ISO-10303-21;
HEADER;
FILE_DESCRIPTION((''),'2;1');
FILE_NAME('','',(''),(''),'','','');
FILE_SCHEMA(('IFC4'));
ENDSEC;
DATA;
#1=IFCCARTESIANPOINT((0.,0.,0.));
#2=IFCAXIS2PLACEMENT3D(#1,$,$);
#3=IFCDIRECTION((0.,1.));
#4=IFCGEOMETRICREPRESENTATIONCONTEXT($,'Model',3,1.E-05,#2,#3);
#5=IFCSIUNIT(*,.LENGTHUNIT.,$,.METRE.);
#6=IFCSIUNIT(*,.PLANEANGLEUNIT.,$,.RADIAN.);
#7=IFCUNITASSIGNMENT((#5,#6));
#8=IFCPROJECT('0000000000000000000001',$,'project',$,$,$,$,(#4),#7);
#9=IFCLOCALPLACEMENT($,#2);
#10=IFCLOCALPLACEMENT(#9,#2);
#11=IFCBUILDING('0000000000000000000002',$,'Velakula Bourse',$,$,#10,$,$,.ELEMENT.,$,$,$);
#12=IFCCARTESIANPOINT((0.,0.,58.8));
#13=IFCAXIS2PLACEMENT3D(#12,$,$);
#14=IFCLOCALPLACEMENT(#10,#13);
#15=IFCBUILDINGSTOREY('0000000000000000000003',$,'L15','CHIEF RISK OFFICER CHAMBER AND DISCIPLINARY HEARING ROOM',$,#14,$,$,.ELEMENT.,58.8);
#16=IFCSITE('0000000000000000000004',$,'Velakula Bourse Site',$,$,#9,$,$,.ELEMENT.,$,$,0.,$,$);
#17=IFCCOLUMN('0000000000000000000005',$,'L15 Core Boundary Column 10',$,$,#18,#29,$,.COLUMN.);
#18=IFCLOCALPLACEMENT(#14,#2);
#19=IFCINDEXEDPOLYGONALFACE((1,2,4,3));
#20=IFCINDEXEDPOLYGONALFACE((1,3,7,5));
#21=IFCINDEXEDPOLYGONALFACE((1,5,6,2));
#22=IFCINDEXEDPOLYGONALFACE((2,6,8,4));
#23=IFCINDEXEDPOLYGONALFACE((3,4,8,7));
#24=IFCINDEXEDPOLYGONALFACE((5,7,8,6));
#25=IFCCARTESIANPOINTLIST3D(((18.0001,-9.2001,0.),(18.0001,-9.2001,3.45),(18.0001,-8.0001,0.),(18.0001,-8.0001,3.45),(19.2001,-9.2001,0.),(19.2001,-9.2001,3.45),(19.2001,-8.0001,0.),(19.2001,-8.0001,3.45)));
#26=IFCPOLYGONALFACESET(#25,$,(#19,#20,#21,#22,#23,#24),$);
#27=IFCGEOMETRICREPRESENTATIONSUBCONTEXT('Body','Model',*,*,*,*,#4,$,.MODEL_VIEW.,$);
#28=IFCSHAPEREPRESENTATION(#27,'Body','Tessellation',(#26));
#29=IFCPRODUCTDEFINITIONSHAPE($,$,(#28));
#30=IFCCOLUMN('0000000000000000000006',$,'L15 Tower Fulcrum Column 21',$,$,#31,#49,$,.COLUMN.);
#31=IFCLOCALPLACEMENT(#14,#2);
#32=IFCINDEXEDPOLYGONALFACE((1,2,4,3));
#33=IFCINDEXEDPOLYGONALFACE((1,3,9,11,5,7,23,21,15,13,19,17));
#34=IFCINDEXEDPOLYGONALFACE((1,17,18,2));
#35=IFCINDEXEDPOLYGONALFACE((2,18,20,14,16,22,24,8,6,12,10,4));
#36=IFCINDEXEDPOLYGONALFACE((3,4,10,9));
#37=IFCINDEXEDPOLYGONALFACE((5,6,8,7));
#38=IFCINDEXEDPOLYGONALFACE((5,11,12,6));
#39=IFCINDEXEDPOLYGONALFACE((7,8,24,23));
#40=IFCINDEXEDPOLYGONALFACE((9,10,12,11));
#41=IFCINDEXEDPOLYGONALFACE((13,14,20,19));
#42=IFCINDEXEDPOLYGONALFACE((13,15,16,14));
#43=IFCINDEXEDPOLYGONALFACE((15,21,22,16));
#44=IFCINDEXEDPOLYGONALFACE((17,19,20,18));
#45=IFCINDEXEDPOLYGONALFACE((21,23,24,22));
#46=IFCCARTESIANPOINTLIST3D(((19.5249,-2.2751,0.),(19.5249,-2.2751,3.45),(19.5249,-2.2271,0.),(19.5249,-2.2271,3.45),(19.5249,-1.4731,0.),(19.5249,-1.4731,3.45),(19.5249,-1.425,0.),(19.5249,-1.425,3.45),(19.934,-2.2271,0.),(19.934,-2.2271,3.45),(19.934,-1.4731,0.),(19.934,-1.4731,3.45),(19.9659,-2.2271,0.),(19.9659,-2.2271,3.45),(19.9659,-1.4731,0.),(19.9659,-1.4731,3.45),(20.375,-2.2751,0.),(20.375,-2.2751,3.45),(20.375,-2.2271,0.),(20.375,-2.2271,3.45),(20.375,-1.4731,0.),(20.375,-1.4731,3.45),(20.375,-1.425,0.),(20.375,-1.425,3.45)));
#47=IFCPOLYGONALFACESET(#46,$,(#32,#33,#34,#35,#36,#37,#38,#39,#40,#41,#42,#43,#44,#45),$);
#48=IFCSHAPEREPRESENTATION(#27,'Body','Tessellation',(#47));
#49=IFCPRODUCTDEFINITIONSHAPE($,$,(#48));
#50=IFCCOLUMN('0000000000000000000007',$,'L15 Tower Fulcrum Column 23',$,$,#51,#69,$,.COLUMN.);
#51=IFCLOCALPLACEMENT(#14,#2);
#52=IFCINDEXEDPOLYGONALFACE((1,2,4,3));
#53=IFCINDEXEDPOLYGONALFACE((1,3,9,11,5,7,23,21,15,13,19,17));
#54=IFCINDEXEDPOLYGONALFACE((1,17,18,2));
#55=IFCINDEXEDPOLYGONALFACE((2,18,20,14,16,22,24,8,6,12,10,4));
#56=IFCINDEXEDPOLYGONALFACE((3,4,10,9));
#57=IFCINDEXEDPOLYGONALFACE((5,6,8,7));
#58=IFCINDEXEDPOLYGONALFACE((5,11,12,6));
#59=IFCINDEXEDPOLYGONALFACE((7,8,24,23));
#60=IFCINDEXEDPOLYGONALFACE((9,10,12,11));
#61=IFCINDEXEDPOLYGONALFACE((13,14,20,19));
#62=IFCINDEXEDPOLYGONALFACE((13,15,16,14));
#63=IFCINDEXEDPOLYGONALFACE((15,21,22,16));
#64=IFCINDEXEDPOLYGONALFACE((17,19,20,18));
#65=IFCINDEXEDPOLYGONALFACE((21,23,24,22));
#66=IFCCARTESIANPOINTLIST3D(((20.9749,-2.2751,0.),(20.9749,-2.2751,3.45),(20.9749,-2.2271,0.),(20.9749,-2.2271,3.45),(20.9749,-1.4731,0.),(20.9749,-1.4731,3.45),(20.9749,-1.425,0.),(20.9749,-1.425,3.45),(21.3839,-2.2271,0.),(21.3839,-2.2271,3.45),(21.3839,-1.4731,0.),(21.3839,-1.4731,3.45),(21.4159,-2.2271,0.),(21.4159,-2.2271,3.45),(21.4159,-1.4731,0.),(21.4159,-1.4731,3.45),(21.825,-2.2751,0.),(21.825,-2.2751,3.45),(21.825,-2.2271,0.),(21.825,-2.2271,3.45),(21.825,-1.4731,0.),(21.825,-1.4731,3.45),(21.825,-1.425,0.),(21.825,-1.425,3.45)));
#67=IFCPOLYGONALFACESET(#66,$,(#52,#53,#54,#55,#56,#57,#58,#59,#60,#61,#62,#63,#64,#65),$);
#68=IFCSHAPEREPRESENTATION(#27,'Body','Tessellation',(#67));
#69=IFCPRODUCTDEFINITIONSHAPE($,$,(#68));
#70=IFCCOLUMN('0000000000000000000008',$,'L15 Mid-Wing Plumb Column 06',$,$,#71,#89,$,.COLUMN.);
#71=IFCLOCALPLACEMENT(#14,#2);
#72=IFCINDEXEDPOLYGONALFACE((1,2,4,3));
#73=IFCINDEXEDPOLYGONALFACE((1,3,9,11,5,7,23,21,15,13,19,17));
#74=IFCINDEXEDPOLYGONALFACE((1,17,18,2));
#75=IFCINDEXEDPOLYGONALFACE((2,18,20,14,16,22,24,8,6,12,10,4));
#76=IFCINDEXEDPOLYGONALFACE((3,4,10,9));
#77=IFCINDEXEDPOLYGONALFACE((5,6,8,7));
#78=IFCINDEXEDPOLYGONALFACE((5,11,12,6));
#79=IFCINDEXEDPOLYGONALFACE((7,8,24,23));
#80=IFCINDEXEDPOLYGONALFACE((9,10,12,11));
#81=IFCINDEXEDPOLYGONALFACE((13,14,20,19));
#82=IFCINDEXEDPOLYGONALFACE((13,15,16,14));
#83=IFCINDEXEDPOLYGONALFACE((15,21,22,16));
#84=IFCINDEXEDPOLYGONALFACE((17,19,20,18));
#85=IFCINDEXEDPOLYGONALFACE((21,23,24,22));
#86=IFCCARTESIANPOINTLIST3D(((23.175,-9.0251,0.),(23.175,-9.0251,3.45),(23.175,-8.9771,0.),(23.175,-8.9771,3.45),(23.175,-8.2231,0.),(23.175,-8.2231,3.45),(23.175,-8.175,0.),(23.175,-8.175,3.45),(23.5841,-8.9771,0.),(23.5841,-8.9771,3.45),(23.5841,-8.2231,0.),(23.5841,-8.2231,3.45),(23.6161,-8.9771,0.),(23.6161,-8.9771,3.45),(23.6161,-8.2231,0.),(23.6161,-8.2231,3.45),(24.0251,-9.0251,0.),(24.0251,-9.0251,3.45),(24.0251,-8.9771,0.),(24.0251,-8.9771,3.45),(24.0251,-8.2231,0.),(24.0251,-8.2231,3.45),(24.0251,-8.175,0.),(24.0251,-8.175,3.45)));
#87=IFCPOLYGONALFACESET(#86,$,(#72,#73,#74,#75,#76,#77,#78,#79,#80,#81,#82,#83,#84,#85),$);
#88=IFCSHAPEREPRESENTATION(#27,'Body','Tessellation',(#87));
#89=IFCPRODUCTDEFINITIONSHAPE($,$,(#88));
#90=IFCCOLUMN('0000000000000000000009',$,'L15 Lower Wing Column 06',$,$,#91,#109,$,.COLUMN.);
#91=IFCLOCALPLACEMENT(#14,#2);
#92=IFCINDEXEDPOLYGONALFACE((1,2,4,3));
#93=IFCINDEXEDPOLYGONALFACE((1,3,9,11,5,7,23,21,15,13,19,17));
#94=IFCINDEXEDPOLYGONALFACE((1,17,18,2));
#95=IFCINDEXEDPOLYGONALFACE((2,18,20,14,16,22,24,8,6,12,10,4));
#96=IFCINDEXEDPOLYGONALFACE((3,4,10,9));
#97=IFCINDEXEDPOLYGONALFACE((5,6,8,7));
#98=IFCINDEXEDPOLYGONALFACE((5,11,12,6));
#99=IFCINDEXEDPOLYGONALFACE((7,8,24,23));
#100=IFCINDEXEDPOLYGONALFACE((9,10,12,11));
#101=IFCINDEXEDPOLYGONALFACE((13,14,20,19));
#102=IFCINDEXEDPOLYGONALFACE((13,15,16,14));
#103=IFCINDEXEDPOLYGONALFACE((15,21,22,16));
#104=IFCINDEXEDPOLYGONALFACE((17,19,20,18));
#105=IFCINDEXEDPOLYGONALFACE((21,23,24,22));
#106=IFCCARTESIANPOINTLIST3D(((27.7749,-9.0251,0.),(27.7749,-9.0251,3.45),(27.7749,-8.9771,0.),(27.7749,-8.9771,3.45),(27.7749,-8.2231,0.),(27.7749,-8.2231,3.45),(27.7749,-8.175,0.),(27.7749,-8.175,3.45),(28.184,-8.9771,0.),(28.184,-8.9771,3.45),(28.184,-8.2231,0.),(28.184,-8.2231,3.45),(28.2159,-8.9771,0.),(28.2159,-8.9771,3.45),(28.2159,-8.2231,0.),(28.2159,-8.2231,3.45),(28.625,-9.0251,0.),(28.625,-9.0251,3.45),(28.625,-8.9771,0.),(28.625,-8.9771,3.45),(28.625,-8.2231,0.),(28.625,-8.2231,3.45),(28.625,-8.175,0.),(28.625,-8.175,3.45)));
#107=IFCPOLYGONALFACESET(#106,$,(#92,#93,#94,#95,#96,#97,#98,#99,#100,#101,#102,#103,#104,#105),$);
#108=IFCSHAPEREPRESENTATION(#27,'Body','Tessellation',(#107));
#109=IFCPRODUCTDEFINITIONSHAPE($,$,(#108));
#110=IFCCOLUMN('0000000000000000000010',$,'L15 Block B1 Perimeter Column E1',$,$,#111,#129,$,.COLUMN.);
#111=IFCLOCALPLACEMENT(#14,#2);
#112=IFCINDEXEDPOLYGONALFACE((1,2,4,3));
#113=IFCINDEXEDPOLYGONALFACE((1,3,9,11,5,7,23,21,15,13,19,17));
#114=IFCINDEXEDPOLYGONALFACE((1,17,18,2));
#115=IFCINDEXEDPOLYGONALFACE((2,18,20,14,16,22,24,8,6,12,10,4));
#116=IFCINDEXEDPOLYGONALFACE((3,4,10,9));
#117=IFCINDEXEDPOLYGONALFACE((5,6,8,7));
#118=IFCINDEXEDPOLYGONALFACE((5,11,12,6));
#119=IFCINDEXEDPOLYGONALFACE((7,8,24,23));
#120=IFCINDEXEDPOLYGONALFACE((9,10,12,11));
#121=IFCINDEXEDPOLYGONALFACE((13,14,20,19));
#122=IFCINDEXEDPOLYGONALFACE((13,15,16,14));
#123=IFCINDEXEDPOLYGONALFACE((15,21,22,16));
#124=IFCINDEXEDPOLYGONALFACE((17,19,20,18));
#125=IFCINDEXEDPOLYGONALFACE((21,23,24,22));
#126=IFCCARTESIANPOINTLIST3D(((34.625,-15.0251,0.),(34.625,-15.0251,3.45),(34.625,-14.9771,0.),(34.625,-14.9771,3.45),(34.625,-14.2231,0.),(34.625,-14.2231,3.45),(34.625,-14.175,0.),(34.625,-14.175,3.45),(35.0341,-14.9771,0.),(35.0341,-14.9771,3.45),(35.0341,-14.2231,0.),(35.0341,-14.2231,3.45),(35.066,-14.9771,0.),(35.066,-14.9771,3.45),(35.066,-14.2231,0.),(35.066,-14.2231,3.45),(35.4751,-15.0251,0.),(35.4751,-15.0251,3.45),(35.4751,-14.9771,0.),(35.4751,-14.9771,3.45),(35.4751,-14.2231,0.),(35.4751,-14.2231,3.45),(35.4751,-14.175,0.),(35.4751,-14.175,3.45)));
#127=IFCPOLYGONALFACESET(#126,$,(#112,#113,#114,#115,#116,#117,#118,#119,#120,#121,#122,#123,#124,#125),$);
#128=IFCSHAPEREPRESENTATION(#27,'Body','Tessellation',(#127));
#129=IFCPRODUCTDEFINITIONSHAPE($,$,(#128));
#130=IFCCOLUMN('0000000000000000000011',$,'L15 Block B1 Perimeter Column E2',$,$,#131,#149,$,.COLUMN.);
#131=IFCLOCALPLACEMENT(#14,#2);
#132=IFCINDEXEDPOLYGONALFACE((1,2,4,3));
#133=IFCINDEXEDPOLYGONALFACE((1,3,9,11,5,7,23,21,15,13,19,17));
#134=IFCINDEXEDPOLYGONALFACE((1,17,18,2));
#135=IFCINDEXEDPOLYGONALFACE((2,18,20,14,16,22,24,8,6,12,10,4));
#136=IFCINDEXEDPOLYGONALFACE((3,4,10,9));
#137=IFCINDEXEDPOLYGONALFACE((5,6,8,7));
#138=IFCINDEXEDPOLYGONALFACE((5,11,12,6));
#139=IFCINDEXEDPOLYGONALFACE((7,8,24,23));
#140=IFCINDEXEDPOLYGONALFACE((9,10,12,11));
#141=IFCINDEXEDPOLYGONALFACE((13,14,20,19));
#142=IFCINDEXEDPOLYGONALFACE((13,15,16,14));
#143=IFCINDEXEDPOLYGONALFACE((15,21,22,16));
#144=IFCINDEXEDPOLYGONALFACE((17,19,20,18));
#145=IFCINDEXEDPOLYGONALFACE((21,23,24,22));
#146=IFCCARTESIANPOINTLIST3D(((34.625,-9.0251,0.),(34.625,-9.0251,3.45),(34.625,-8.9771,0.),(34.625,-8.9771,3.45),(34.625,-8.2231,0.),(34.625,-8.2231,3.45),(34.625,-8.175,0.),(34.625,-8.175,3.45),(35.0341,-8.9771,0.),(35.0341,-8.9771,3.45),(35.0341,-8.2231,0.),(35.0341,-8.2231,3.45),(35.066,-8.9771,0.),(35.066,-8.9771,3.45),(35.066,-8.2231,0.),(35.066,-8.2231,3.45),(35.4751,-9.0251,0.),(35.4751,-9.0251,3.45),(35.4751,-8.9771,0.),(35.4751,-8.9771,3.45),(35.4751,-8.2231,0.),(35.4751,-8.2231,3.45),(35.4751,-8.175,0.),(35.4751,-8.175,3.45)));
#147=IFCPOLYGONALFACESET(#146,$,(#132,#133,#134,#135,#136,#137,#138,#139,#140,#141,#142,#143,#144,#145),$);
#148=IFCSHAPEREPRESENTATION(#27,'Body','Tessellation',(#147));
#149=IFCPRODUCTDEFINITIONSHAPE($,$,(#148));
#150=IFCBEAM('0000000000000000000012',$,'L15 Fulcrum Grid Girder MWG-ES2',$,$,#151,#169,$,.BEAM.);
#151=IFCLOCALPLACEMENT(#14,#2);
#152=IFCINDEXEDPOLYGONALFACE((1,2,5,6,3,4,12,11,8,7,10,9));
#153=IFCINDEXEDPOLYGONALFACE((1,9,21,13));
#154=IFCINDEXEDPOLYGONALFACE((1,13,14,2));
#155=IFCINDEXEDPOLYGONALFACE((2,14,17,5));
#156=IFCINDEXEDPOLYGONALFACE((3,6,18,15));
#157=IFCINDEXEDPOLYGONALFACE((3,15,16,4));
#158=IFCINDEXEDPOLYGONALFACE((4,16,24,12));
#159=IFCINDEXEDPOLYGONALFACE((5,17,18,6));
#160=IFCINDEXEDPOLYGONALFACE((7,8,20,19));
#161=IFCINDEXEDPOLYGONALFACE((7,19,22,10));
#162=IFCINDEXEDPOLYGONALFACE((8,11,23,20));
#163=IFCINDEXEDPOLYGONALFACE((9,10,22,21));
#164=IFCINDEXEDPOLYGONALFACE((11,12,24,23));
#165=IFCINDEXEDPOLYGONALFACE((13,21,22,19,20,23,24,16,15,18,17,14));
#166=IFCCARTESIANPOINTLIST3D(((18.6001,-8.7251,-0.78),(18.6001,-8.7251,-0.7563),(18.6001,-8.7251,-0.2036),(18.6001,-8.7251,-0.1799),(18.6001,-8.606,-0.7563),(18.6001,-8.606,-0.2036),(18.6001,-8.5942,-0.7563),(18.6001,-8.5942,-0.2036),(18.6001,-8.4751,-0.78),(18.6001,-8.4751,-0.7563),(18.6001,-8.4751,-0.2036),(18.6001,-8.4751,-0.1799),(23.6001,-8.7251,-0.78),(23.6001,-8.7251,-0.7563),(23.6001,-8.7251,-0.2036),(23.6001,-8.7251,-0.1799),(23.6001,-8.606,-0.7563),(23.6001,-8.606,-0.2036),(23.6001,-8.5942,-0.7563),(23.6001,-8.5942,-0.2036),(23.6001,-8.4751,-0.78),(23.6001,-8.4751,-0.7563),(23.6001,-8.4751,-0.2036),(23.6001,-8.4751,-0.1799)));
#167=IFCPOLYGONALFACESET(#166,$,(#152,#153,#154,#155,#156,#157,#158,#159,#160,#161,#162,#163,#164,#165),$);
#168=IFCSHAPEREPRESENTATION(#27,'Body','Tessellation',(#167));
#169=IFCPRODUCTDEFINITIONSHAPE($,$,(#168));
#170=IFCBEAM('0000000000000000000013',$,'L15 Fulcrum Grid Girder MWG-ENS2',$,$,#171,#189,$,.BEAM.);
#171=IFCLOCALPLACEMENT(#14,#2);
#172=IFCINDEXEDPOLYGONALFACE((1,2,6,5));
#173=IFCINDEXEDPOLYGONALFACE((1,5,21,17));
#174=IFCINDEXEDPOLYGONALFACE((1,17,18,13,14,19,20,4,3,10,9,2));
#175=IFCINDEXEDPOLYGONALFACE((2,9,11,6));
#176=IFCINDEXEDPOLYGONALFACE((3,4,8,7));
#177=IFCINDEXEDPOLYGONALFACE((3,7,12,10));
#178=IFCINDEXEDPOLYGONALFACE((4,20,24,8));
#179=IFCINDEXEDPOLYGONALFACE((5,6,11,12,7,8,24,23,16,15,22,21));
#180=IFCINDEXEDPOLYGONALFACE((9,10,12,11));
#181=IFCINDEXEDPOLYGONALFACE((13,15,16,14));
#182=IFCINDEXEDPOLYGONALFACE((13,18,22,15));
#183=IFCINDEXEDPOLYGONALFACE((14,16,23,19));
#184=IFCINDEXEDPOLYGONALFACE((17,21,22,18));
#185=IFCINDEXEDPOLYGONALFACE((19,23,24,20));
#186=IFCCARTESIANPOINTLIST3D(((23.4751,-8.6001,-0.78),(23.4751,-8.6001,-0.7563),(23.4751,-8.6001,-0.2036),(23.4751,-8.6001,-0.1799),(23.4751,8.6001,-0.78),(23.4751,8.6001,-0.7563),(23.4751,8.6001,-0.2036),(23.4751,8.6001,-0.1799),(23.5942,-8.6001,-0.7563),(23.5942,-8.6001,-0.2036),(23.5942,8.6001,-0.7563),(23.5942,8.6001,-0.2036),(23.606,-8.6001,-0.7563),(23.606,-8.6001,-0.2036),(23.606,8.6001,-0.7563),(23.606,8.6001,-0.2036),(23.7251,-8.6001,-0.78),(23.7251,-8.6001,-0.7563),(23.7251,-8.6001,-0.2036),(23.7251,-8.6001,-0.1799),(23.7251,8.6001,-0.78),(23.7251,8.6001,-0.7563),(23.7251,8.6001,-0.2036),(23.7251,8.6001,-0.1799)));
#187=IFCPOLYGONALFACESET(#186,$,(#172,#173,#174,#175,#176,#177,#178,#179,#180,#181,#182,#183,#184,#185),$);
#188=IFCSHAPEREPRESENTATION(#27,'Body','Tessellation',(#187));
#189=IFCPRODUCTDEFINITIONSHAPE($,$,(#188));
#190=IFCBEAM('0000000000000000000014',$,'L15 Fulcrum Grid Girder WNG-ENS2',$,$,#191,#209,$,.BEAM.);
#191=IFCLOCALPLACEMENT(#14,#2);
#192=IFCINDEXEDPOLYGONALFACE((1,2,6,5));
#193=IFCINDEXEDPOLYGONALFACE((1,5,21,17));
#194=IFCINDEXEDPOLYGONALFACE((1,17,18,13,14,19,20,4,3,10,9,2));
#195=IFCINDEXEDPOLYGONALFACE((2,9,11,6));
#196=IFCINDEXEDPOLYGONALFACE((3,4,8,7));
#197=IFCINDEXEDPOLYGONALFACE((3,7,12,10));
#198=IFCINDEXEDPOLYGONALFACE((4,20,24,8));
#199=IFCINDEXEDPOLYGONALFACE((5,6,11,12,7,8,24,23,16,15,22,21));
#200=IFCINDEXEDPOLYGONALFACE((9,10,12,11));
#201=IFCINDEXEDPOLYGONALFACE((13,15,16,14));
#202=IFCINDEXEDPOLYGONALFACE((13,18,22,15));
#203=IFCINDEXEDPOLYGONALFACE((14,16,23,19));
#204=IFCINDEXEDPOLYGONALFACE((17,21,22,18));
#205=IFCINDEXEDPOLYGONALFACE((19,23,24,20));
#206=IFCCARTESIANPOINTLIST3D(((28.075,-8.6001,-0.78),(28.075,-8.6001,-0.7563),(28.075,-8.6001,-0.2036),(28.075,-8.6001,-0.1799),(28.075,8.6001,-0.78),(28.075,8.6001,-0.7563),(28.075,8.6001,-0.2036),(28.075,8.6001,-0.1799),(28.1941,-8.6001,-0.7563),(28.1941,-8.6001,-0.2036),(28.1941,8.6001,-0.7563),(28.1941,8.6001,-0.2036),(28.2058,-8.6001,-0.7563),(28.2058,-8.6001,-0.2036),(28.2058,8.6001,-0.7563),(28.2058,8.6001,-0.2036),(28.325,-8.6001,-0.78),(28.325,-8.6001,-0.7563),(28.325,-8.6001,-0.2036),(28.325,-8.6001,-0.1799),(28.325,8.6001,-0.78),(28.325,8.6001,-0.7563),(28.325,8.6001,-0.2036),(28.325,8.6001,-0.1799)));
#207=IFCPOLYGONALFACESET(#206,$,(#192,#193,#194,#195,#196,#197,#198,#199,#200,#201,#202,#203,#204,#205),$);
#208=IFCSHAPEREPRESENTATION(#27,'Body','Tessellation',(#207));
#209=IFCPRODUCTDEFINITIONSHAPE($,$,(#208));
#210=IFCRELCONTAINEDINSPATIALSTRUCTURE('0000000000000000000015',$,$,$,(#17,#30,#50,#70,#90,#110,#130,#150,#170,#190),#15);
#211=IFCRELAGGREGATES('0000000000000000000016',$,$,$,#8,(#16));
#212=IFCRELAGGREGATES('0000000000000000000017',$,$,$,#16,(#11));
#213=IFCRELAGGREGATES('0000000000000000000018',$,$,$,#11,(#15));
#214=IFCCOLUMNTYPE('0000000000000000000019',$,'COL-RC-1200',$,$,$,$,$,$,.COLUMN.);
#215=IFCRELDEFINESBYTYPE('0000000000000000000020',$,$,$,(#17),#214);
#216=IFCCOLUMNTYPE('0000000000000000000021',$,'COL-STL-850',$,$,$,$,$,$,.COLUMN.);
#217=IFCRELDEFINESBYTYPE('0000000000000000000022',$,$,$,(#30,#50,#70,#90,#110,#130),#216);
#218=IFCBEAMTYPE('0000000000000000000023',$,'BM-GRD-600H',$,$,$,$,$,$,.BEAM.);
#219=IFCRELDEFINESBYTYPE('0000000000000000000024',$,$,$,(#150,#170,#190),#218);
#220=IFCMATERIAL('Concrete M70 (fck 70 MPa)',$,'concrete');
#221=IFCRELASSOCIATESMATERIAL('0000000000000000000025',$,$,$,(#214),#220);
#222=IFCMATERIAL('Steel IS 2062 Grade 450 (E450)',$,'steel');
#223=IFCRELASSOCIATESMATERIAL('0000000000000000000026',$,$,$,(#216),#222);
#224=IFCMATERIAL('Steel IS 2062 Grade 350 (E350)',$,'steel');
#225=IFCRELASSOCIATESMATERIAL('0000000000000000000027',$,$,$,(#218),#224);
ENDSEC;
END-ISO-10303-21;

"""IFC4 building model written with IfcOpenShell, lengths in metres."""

from ifc_helpers import new_model, si_unit, direction, frame, origin, origin_2d, place, context, subcontext, project, spatial, rectangle, i_section, extrude, material, material_profile, profile_set, type_object, element, save


model = new_model("IFC4")

# Units and contexts
model_context = context("Model", 3, precision=1e-05, world=origin(), true_north=direction((0.0, 1.0)))
body_context = subcontext(model_context, "Body", "Model", "MODEL_VIEW")
ifc_project = project(units=[si_unit("LENGTHUNIT", "METRE"), si_unit("PLANEANGLEUNIT", "RADIAN")], contexts=[model_context])

# Site, building, storey
site_placement = place(None, origin())
site = spatial("IfcSite", under=ifc_project, at=site_placement, Name="Velakula Bourse Site", CompositionType="ELEMENT", RefElevation=0.0)
building_placement = place(site_placement, origin())
building = spatial("IfcBuilding", under=site, at=building_placement, Name="Velakula Bourse", CompositionType="ELEMENT")
storey_placement = place(building_placement, frame((0.0, 0.0, 58.8)))
storey = spatial("IfcBuildingStorey", under=building, at=storey_placement, Name="L15", Description="CHIEF RISK OFFICER CHAMBER AND DISCIPLINARY HEARING ROOM", CompositionType="ELEMENT", Elevation=58.8)

# Columns
ifc_material_1 = material(Name="Concrete M70 (fck 70 MPa)", Category="concrete")
ifc_material_profile_1 = material_profile(ifc_material_1, rectangle(XDim=1.2, YDim=1.2, at=origin_2d()), Name="Concrete M70 (fck 70 MPa)")
ifc_profile_set_1 = profile_set([ifc_material_profile_1], Name="Concrete M70 (fck 70 MPa)")
column_type_1 = type_object("IfcColumnType", Name="COL-RC-1200", PredefinedType="COLUMN", material=ifc_profile_set_1)
column_placement = place(storey_placement, frame((18.6001, -8.6001, 0.0), z_axis=(0.0, 0.0, 1.0), x_axis=(1.0, 0.0, 0.0)))
element("IfcColumn", 1, at=column_placement, inside=storey, type_object=column_type_1, Name="L15 Core Boundary Column 10", PredefinedType="COLUMN", context=body_context, shape_type="SweptSolid", body=[
    extrude(rectangle(XDim=1.2, YDim=1.2, at=origin_2d()), origin(), (0.0, 0.0, 1.0), 3.45),
])
ifc_material_2 = material(Name="Steel IS 2062 Grade 450 (E450)", Category="steel")
ifc_material_profile_2 = material_profile(ifc_material_2, i_section(OverallWidth=0.8501, OverallDepth=0.8501, WebThickness=0.032, FlangeThickness=0.0481, at=origin_2d()), Name="Steel IS 2062 Grade 450 (E450)")
ifc_profile_set_2 = profile_set([ifc_material_profile_2], Name="Steel IS 2062 Grade 450 (E450)")
column_type_2 = type_object("IfcColumnType", Name="COL-STL-850", PredefinedType="COLUMN", material=ifc_profile_set_2)
for number, where, z_axis, x_axis, name in (
    (2, (19.95, -1.8501, 0.0), (0.0, 0.0, 1.0), (1.0, 0.0, 0.0), "L15 Tower Fulcrum Column 21"),
    (3, (21.3999, -1.8501, 0.0), (0.0, 0.0, 1.0), (1.0, 0.0, 0.0), "L15 Tower Fulcrum Column 23"),
    (4, (23.6001, -8.6001, 0.0), (0.0, 0.0, 1.0), (1.0, 0.0, 0.0), "L15 Mid-Wing Plumb Column 06"),
    (5, (28.2, -8.6001, 0.0), (0.0, 0.0, 1.0), (1.0, 0.0, 0.0), "L15 Lower Wing Column 06"),
    (6, (35.05, -14.6001, 0.0), (0.0, 0.0, 1.0), (1.0, 0.0, 0.0), "L15 Block B1 Perimeter Column E1"),
    (7, (35.05, -8.6001, 0.0), (0.0, 0.0, 1.0), (1.0, 0.0, 0.0), "L15 Block B1 Perimeter Column E2"),
):
    element("IfcColumn", number, at=place(storey_placement, frame(where, z_axis=z_axis, x_axis=x_axis)), inside=storey, type_object=column_type_2, Name=name, PredefinedType="COLUMN", context=body_context, shape_type="SweptSolid", body=[
        extrude(i_section(OverallWidth=0.8501, OverallDepth=0.8501, WebThickness=0.032, FlangeThickness=0.0481, at=origin_2d()), origin(), (0.0, 0.0, 1.0), 3.45),
    ])

# Beams
ifc_material_3 = material(Name="Steel IS 2062 Grade 350 (E350)", Category="steel")
ifc_material_profile_3 = material_profile(ifc_material_3, i_section(OverallWidth=0.25, OverallDepth=0.6001, WebThickness=0.0117, FlangeThickness=0.0237, at=origin_2d()), Name="Steel IS 2062 Grade 350 (E350)")
ifc_profile_set_3 = profile_set([ifc_material_profile_3], Name="Steel IS 2062 Grade 350 (E350)")
beam_type_1 = type_object("IfcBeamType", Name="BM-GRD-600H", PredefinedType="BEAM", material=ifc_profile_set_3)
beam_1_placement = place(storey_placement, frame((18.6001, -8.6001, -0.48), z_axis=(1.0, 0.0, 0.0), x_axis=(0.0, 1.0, 0.0)))
element("IfcBeam", 8, at=beam_1_placement, inside=storey, type_object=beam_type_1, Name="L15 Fulcrum Grid Girder MWG-ES2", PredefinedType="BEAM", context=body_context, shape_type="SweptSolid", body=[
    extrude(i_section(OverallWidth=0.25, OverallDepth=0.6001, WebThickness=0.0117, FlangeThickness=0.0237, at=origin_2d()), origin(), (0.0, 0.0, 1.0), 5.0),
])
for number, where, z_axis, x_axis, name in (
    (9, (23.6001, -8.6001, -0.48), (0.0, 1.0, 0.0), (-1.0, 0.0, 0.0), "L15 Fulcrum Grid Girder MWG-ENS2"),
    (10, (28.2, -8.6001, -0.48), (0.0, 1.0, 0.0), (-1.0, 0.0, 0.0), "L15 Fulcrum Grid Girder WNG-ENS2"),
):
    element("IfcBeam", number, at=place(storey_placement, frame(where, z_axis=z_axis, x_axis=x_axis)), inside=storey, type_object=beam_type_1, Name=name, PredefinedType="BEAM", context=body_context, shape_type="SweptSolid", body=[
        extrude(i_section(OverallWidth=0.25, OverallDepth=0.6001, WebThickness=0.0117, FlangeThickness=0.0237, at=origin_2d()), origin(), (0.0, 0.0, 1.0), 17.2002),
    ])

save(model, "model.ifc")
